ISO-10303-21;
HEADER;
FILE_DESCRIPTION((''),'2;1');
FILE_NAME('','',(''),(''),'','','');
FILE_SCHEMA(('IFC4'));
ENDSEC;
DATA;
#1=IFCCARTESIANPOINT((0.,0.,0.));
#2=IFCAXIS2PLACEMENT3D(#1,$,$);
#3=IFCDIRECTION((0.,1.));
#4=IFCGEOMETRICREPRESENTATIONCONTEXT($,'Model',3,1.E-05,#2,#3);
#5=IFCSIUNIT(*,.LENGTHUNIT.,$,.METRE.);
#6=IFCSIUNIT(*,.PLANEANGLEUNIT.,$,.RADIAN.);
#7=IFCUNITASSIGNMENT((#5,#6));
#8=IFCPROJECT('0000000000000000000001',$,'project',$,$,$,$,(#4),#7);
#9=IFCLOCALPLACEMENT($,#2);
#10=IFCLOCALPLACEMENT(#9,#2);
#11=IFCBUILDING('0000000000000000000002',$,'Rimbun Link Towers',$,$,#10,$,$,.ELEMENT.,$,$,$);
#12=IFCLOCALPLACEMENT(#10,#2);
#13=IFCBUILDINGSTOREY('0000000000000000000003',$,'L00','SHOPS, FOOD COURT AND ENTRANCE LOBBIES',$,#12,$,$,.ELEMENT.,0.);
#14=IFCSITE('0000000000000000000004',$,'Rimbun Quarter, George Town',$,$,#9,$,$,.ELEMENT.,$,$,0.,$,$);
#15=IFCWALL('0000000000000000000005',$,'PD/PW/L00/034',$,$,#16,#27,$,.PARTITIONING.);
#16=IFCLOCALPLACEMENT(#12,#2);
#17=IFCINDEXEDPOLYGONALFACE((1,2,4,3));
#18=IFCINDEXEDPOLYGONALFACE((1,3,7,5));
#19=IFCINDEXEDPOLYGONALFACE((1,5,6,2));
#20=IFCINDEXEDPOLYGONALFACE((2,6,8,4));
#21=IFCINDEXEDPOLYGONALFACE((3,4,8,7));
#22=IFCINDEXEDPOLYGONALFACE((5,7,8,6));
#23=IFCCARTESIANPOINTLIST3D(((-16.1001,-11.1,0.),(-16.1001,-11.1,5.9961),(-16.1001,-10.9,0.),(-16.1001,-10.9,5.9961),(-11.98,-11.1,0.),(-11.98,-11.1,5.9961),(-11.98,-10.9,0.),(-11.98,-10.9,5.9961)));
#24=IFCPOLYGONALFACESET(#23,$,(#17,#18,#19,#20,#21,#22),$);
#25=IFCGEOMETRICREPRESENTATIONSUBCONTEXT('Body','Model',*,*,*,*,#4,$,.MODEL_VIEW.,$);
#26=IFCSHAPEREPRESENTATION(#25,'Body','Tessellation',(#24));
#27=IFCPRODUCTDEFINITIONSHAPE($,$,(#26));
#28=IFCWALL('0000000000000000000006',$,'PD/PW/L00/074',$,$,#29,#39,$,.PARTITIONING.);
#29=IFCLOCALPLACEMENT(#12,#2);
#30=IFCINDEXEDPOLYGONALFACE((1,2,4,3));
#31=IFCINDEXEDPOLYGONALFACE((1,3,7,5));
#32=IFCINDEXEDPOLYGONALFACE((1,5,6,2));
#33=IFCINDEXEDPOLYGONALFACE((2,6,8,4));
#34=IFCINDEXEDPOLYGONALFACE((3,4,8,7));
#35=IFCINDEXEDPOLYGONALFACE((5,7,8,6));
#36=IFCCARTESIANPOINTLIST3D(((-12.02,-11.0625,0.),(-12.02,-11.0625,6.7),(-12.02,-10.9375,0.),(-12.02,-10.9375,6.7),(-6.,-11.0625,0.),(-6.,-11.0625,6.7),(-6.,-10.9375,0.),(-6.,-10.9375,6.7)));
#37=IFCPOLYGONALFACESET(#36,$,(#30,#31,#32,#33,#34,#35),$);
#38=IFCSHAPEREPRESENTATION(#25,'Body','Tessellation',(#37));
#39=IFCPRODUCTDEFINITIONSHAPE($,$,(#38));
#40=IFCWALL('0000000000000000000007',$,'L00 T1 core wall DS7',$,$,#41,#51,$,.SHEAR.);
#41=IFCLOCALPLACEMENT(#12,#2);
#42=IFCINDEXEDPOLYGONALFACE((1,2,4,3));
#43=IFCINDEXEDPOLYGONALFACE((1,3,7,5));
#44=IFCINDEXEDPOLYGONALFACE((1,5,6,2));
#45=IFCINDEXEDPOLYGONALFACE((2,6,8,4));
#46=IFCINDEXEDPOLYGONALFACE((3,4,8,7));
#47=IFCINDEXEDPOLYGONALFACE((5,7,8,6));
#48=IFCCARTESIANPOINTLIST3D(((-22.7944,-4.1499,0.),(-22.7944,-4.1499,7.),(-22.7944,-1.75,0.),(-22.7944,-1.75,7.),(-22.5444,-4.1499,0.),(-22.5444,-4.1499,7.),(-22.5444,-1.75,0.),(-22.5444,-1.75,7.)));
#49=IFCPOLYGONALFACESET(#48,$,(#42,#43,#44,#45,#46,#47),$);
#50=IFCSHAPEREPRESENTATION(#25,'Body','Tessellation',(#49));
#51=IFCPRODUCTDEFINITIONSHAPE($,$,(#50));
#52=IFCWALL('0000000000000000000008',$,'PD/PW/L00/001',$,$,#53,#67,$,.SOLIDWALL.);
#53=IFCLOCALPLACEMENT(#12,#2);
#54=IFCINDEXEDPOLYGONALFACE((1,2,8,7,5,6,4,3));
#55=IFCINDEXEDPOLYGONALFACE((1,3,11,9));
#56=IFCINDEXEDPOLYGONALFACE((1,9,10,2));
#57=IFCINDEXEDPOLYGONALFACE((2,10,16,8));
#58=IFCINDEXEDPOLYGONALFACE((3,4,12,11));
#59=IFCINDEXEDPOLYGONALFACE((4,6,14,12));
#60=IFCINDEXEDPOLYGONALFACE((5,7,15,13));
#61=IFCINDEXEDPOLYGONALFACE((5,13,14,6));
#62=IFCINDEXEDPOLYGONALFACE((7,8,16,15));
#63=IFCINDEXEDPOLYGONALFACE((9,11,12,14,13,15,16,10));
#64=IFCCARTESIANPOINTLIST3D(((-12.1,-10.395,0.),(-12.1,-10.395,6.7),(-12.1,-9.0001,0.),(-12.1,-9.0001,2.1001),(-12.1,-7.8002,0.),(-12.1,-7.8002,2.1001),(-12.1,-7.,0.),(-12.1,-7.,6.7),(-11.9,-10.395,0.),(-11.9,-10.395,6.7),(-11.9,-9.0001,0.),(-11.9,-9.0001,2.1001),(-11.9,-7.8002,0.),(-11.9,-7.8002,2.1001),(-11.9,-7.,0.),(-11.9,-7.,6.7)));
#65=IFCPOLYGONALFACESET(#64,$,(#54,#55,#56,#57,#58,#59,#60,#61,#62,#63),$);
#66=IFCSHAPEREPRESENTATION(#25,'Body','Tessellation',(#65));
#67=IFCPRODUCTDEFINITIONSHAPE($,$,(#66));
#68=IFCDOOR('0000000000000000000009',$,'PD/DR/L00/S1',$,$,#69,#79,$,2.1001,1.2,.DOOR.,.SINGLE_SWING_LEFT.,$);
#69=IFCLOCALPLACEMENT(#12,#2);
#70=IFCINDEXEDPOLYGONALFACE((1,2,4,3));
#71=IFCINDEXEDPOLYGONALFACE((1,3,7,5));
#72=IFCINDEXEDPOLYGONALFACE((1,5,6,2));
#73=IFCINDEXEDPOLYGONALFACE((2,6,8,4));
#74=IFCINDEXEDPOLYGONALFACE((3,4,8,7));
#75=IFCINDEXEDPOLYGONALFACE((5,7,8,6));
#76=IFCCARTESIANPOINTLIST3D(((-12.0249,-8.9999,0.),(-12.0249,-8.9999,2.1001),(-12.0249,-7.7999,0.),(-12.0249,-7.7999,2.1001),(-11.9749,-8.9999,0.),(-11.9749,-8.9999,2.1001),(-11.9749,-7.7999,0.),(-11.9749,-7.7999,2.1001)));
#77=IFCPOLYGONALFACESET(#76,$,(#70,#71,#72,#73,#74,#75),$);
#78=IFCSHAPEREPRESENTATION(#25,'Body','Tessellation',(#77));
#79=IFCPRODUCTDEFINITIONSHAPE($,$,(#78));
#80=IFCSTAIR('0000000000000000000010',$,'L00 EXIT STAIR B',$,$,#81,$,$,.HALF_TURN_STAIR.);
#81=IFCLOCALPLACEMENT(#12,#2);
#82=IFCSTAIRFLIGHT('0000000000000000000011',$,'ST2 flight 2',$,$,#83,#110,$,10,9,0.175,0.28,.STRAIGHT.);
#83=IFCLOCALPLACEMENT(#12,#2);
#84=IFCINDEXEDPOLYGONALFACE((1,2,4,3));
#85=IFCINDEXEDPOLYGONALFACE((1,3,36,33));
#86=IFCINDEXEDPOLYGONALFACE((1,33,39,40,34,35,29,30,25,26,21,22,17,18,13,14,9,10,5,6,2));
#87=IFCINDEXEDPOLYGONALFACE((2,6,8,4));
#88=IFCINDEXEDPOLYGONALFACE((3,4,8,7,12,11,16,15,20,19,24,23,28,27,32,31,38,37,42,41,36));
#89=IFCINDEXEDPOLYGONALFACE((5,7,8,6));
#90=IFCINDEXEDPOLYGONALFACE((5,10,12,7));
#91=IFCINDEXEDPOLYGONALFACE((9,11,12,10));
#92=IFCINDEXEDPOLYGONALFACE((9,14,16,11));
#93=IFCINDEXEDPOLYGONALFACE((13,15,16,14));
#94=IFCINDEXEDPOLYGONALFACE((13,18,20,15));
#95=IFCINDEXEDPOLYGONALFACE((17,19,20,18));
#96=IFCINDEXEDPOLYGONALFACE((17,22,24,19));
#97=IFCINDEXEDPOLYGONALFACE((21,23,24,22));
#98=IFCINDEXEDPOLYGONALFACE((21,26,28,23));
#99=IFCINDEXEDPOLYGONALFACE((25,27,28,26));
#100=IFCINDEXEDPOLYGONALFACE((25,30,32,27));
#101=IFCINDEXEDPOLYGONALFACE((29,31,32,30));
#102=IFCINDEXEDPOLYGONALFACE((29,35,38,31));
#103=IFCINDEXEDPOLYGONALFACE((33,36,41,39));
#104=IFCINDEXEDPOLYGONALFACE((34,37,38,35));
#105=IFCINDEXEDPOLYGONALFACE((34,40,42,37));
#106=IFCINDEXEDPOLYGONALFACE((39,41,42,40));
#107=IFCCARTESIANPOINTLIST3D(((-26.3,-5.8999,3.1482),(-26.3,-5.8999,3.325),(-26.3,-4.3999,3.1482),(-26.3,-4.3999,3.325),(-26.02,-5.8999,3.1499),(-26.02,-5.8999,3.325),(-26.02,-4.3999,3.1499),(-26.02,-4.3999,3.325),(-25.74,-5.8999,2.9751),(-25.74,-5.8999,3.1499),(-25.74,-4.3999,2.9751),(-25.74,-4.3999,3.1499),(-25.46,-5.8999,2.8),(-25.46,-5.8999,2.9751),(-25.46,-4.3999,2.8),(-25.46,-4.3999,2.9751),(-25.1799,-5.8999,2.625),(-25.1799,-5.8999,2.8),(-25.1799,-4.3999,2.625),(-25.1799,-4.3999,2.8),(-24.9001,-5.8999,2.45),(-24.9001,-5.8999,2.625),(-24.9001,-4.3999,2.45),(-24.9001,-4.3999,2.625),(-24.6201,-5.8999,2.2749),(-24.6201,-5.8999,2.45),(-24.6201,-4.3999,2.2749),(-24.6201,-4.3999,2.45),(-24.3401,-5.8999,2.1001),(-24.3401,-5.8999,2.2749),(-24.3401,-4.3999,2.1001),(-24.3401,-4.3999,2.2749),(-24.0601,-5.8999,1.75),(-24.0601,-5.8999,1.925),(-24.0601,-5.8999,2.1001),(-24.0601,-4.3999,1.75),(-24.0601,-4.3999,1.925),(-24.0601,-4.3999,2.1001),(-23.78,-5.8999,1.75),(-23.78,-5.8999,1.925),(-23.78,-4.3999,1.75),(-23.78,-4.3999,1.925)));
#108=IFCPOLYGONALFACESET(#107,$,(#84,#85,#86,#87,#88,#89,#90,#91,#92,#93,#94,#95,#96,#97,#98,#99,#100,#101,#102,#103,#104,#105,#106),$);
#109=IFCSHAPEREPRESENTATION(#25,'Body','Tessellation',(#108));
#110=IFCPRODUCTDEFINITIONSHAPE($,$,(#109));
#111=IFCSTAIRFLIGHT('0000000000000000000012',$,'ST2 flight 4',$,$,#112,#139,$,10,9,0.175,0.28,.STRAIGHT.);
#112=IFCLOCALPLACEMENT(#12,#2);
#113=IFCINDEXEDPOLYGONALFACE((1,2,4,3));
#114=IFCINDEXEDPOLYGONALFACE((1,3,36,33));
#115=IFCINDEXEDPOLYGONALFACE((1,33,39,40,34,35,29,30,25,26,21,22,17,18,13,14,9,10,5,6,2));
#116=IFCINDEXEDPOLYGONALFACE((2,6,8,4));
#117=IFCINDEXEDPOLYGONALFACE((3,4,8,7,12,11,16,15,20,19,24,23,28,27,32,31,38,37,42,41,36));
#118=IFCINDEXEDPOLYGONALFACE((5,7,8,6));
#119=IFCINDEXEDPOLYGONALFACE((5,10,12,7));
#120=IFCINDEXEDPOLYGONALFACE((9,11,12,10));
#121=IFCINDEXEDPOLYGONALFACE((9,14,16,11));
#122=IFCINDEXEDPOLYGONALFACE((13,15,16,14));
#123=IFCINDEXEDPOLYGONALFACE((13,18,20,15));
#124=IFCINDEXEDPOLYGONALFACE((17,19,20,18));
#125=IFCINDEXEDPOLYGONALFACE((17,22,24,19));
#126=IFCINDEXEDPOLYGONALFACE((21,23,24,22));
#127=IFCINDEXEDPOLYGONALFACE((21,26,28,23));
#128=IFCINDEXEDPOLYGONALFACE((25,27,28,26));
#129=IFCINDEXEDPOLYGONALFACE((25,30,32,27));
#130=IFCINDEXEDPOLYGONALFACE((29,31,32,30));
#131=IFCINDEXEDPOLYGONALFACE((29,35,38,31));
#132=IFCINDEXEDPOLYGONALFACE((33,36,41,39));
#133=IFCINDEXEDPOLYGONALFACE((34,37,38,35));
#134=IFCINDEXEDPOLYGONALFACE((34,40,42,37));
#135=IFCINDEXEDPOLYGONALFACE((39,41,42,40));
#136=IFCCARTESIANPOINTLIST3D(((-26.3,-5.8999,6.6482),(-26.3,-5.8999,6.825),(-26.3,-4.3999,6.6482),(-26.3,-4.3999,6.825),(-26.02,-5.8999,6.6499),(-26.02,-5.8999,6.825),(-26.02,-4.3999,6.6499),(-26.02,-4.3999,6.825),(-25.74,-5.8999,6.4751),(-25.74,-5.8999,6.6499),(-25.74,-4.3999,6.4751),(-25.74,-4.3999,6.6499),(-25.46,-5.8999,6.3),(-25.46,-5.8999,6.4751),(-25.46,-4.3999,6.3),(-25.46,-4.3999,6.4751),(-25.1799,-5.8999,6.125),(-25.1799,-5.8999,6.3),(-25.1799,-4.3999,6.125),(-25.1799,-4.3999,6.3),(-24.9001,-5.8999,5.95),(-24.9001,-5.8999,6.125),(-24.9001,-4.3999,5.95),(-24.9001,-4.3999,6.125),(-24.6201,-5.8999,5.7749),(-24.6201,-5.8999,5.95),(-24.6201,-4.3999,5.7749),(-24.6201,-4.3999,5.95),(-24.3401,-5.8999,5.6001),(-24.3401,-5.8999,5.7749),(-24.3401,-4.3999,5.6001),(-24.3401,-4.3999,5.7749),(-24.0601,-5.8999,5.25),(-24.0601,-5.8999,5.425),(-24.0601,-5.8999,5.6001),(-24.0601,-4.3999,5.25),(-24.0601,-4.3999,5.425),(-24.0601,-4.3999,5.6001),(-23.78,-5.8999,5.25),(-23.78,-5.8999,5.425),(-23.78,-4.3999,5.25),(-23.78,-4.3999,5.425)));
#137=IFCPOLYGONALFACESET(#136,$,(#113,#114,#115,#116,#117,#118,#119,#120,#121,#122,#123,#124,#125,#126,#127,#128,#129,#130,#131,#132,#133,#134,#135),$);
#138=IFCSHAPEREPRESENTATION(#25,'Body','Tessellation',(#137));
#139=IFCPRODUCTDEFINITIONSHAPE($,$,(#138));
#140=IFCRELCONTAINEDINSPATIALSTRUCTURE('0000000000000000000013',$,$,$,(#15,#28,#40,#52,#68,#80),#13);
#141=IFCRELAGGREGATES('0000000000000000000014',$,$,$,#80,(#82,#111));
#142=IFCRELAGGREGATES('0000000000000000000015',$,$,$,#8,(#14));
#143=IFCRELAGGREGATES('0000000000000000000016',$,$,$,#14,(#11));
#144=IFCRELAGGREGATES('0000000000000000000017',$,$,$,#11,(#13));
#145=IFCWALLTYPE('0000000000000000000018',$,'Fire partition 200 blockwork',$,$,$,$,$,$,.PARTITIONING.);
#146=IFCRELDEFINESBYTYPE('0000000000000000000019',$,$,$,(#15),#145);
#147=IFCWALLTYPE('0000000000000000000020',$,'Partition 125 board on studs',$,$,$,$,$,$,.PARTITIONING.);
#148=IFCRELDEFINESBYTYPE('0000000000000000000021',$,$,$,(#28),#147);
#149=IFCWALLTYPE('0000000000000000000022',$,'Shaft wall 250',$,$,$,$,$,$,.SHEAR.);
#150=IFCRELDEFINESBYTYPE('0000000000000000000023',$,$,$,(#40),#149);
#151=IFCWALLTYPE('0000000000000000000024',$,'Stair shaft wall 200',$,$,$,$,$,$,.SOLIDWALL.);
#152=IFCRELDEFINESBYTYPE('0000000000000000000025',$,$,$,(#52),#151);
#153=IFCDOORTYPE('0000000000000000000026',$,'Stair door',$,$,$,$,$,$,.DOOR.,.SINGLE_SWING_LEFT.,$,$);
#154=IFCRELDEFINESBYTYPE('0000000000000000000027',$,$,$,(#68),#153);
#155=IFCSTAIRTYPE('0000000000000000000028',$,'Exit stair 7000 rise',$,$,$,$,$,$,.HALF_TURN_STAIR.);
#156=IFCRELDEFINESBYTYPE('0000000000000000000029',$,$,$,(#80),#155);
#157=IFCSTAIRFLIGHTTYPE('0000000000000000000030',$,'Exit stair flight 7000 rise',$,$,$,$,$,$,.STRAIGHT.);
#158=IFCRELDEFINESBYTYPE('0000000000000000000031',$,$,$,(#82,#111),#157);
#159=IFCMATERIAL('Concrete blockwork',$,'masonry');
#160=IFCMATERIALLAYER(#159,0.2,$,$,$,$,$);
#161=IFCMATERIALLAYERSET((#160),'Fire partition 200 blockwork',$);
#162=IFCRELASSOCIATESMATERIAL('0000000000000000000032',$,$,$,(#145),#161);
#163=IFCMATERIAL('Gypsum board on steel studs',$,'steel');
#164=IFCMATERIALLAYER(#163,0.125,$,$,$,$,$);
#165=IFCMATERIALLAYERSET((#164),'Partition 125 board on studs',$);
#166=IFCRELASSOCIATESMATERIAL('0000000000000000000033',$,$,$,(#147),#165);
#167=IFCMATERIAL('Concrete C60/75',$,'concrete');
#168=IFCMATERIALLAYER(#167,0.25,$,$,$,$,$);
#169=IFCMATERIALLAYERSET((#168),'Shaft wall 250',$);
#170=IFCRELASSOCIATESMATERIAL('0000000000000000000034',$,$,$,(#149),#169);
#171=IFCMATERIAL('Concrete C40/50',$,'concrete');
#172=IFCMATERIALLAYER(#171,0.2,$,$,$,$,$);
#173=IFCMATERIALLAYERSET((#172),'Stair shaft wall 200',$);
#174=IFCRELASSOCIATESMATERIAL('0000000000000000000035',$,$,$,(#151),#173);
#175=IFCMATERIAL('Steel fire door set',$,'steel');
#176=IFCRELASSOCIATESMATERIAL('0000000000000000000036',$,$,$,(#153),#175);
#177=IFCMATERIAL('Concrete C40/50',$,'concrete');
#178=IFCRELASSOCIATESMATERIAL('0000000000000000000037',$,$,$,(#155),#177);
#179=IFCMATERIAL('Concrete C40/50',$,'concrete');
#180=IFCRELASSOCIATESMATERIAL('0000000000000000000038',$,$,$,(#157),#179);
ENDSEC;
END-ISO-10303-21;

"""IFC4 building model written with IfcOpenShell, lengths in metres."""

from ifc_helpers import new_model, si_unit, direction, frame, frame_2d, origin, place, context, subcontext, project, spatial, polyline, rectangle, outline, extrude, material, layer, layer_set, type_object, element, fill, aggregate, save


model = new_model("IFC4")

# Units and contexts
model_context = context("Model", 3, precision=1e-05, world=origin(), true_north=direction((0.0, 1.0)))
body_context = subcontext(model_context, "Body", "Model", "MODEL_VIEW")
ifc_project = project(units=[si_unit("LENGTHUNIT", "METRE"), si_unit("PLANEANGLEUNIT", "RADIAN")], contexts=[model_context])

# Site, building, storey
site_placement = place(None, origin())
site = spatial("IfcSite", under=ifc_project, at=site_placement, Name="Rimbun Quarter, George Town", CompositionType="ELEMENT", RefElevation=0.0)
building_placement = place(site_placement, origin())
building = spatial("IfcBuilding", under=site, at=building_placement, Name="Rimbun Link Towers", CompositionType="ELEMENT")
storey_placement = place(building_placement, origin())
storey = spatial("IfcBuildingStorey", under=building, at=storey_placement, Name="L00", Description="SHOPS, FOOD COURT AND ENTRANCE LOBBIES", CompositionType="ELEMENT", Elevation=0.0)

# Walls
ifc_material_1 = material(Name="Concrete blockwork", Category="masonry")
ifc_layer_1 = layer(ifc_material_1, 0.2)
ifc_layer_set_1 = layer_set([ifc_layer_1], Name="Fire partition 200 blockwork")
wall_type_1 = type_object("IfcWallType", Name="Fire partition 200 blockwork", PredefinedType="PARTITIONING", material=ifc_layer_set_1)
wall_1_placement = place(storey_placement, frame((-16.1001, -11.0, 0.0), z_axis=(0.0, 0.0, 1.0), x_axis=(1.0, 0.0, 0.0)))
element("IfcWall", 1, at=wall_1_placement, inside=storey, type_object=wall_type_1, Name="PD/PW/L00/034", PredefinedType="PARTITIONING", context=body_context, shape_type="SweptSolid", body=[
    extrude(rectangle(XDim=4.1201, YDim=0.2, at=frame_2d((2.0601, 0.0))), origin(), (0.0, 0.0, 1.0), 5.9961),
])
ifc_material_2 = material(Name="Gypsum board on steel studs", Category="steel")
ifc_layer_2 = layer(ifc_material_2, 0.125)
ifc_layer_set_2 = layer_set([ifc_layer_2], Name="Partition 125 board on studs")
wall_type_2 = type_object("IfcWallType", Name="Partition 125 board on studs", PredefinedType="PARTITIONING", material=ifc_layer_set_2)
wall_2_placement = place(storey_placement, frame((-12.02, -11.0, 0.0), z_axis=(0.0, 0.0, 1.0), x_axis=(1.0, 0.0, 0.0)))
element("IfcWall", 2, at=wall_2_placement, inside=storey, type_object=wall_type_2, Name="PD/PW/L00/074", PredefinedType="PARTITIONING", context=body_context, shape_type="SweptSolid", body=[
    extrude(rectangle(XDim=6.02, YDim=0.125, at=frame_2d((3.01, 0.0))), origin(), (0.0, 0.0, 1.0), 6.7),
])
ifc_material_3 = material(Name="Concrete C60/75", Category="concrete")
ifc_layer_3 = layer(ifc_material_3, 0.25)
ifc_layer_set_3 = layer_set([ifc_layer_3], Name="Shaft wall 250")
wall_type_3 = type_object("IfcWallType", Name="Shaft wall 250", PredefinedType="SHEAR", material=ifc_layer_set_3)
wall_3_placement = place(storey_placement, frame((-22.6694, -4.1499, 0.0), z_axis=(0.0, 0.0, 1.0), x_axis=(0.0, 1.0, 0.0)))
element("IfcWall", 3, at=wall_3_placement, inside=storey, type_object=wall_type_3, Name="L00 T1 core wall DS7", PredefinedType="SHEAR", context=body_context, shape_type="SweptSolid", body=[
    extrude(rectangle(XDim=2.3999, YDim=0.25, at=frame_2d((1.2, 0.0))), origin(), (0.0, 0.0, 1.0), 7.0),
])

# Wall, opening, door
ifc_material_4 = material(Name="Concrete C40/50", Category="concrete")
ifc_layer_4 = layer(ifc_material_4, 0.2)
ifc_layer_set_4 = layer_set([ifc_layer_4], Name="Stair shaft wall 200")
wall_type_4 = type_object("IfcWallType", Name="Stair shaft wall 200", PredefinedType="SOLIDWALL", material=ifc_layer_set_4)
wall_4_placement = place(storey_placement, frame((-12.0, -7.0, 0.0), z_axis=(0.0, 0.0, 1.0), x_axis=(0.0, -1.0, 0.0)))
wall_4 = element("IfcWall", 4, at=wall_4_placement, inside=storey, type_object=wall_type_4, Name="PD/PW/L00/001", PredefinedType="SOLIDWALL", context=body_context, shape_type="SweptSolid", body=[
    extrude(rectangle(XDim=3.395, YDim=0.2, at=frame_2d((1.6975, 0.0))), origin(), (0.0, 0.0, 1.0), 6.7),
])
opening_1_placement = place(wall_4_placement, frame((0.8, 0.0, 0.0)))
opening_1 = element("IfcOpeningElement", 5, at=opening_1_placement, cuts=wall_4, PredefinedType="OPENING", context=body_context, shape_type="SweptSolid", body=[
    extrude(rectangle(XDim=1.2, YDim=2.1001, at=frame_2d((0.6001, 1.05))), frame((0.0, 0.1099, 0.0), z_axis=(0.0, -1.0, 0.0), x_axis=(1.0, 0.0, 0.0)), (0.0, 0.0, 1.0), 0.22),
])
ifc_material_5 = material(Name="Steel fire door set", Category="steel")
door_type_1 = type_object("IfcDoorType", Name="Stair door", OperationType="SINGLE_SWING_LEFT", PredefinedType="DOOR", material=ifc_material_5)
door_1_placement = place(opening_1_placement, frame((1.2, 0.0, 0.0), z_axis=(0.0, 0.0, 1.0), x_axis=(-1.0, 0.0, 0.0)))
door_1 = element("IfcDoor", 6, at=door_1_placement, inside=storey, type_object=door_type_1, Name="PD/DR/L00/S1", OperationType="SINGLE_SWING_LEFT", OverallHeight=2.1001, OverallWidth=1.2, PredefinedType="DOOR", context=body_context, shape_type="SweptSolid", body=[
    extrude(rectangle(XDim=1.2, YDim=2.1001, at=frame_2d((0.6001, 1.05))), frame((0.0, 0.0249, 0.0), z_axis=(0.0, -1.0, 0.0), x_axis=(1.0, 0.0, 0.0)), (0.0, 0.0, 1.0), 0.05),
])
fill(opening_1, door_1)

# Stair, stair flights
ifc_material_6 = material(Name="Concrete C40/50", Category="concrete")
stair_type = type_object("IfcStairType", Name="Exit stair 7000 rise", PredefinedType="HALF_TURN_STAIR", material=ifc_material_6)
stair_placement = place(storey_placement, origin())
stair = element("IfcStair", 7, at=stair_placement, inside=storey, type_object=stair_type, Name="L00 EXIT STAIR B", PredefinedType="HALF_TURN_STAIR")
ifc_material_7 = material(Name="Concrete C40/50", Category="concrete")
stair_flight_type = type_object("IfcStairFlightType", Name="Exit stair flight 7000 rise", PredefinedType="STRAIGHT", material=ifc_material_7)
stair_flight_1_placement = place(storey_placement, frame((-23.78, -5.1499, 1.75), z_axis=(0.0, 0.0, 1.0), x_axis=(-1.0, 0.0, 0.0)))
stair_flight_1 = element("IfcStairFlight", 8, at=stair_flight_1_placement, type_object=stair_flight_type, Name="ST2 flight 2", NumberOfRisers=10, NumberOfTreads=9, PredefinedType="STRAIGHT", RiserHeight=0.175, TreadLength=0.28, context=body_context, shape_type="SweptSolid", body=[
    extrude(outline(polyline([(0.0, 0.0), (0.0, 0.175), (0.28, 0.175), (0.28, 0.3501), (0.5601, 0.3501), (0.5601, 0.5249), (0.8401, 0.5249), (0.8401, 0.7), (1.1201, 0.7), (1.1201, 0.875), (1.3999, 0.875), (1.3999, 1.05), (1.6799, 1.05), (1.6799, 1.2251), (1.96, 1.2251), (1.96, 1.3999), (2.24, 1.3999), (2.24, 1.575), (2.52, 1.575), (2.52, 1.75), (2.52, 1.3982), (0.28, 0.0), (0.0, 0.0)])), frame((0.0, 0.75, 0.0), z_axis=(0.0, -1.0, 0.0), x_axis=(1.0, 0.0, 0.0)), (0.0, 0.0, 1.0), 1.5),
])
stair_flight_2_placement = place(storey_placement, frame((-23.78, -5.1499, 5.25), z_axis=(0.0, 0.0, 1.0), x_axis=(-1.0, 0.0, 0.0)))
stair_flight_2 = element("IfcStairFlight", 9, at=stair_flight_2_placement, type_object=stair_flight_type, Name="ST2 flight 4", NumberOfRisers=10, NumberOfTreads=9, PredefinedType="STRAIGHT", RiserHeight=0.175, TreadLength=0.28, context=body_context, shape_type="SweptSolid", body=[
    extrude(outline(polyline([(0.0, 0.0), (0.0, 0.175), (0.28, 0.175), (0.28, 0.3501), (0.5601, 0.3501), (0.5601, 0.5249), (0.8401, 0.5249), (0.8401, 0.7), (1.1201, 0.7), (1.1201, 0.875), (1.3999, 0.875), (1.3999, 1.05), (1.6799, 1.05), (1.6799, 1.2251), (1.96, 1.2251), (1.96, 1.3999), (2.24, 1.3999), (2.24, 1.575), (2.52, 1.575), (2.52, 1.75), (2.52, 1.3982), (0.28, 0.0), (0.0, 0.0)])), frame((0.0, 0.75, 0.0), z_axis=(0.0, -1.0, 0.0), x_axis=(1.0, 0.0, 0.0)), (0.0, 0.0, 1.0), 1.5),
])
aggregate(stair, [stair_flight_1, stair_flight_2])

save(model, "model.ifc")
